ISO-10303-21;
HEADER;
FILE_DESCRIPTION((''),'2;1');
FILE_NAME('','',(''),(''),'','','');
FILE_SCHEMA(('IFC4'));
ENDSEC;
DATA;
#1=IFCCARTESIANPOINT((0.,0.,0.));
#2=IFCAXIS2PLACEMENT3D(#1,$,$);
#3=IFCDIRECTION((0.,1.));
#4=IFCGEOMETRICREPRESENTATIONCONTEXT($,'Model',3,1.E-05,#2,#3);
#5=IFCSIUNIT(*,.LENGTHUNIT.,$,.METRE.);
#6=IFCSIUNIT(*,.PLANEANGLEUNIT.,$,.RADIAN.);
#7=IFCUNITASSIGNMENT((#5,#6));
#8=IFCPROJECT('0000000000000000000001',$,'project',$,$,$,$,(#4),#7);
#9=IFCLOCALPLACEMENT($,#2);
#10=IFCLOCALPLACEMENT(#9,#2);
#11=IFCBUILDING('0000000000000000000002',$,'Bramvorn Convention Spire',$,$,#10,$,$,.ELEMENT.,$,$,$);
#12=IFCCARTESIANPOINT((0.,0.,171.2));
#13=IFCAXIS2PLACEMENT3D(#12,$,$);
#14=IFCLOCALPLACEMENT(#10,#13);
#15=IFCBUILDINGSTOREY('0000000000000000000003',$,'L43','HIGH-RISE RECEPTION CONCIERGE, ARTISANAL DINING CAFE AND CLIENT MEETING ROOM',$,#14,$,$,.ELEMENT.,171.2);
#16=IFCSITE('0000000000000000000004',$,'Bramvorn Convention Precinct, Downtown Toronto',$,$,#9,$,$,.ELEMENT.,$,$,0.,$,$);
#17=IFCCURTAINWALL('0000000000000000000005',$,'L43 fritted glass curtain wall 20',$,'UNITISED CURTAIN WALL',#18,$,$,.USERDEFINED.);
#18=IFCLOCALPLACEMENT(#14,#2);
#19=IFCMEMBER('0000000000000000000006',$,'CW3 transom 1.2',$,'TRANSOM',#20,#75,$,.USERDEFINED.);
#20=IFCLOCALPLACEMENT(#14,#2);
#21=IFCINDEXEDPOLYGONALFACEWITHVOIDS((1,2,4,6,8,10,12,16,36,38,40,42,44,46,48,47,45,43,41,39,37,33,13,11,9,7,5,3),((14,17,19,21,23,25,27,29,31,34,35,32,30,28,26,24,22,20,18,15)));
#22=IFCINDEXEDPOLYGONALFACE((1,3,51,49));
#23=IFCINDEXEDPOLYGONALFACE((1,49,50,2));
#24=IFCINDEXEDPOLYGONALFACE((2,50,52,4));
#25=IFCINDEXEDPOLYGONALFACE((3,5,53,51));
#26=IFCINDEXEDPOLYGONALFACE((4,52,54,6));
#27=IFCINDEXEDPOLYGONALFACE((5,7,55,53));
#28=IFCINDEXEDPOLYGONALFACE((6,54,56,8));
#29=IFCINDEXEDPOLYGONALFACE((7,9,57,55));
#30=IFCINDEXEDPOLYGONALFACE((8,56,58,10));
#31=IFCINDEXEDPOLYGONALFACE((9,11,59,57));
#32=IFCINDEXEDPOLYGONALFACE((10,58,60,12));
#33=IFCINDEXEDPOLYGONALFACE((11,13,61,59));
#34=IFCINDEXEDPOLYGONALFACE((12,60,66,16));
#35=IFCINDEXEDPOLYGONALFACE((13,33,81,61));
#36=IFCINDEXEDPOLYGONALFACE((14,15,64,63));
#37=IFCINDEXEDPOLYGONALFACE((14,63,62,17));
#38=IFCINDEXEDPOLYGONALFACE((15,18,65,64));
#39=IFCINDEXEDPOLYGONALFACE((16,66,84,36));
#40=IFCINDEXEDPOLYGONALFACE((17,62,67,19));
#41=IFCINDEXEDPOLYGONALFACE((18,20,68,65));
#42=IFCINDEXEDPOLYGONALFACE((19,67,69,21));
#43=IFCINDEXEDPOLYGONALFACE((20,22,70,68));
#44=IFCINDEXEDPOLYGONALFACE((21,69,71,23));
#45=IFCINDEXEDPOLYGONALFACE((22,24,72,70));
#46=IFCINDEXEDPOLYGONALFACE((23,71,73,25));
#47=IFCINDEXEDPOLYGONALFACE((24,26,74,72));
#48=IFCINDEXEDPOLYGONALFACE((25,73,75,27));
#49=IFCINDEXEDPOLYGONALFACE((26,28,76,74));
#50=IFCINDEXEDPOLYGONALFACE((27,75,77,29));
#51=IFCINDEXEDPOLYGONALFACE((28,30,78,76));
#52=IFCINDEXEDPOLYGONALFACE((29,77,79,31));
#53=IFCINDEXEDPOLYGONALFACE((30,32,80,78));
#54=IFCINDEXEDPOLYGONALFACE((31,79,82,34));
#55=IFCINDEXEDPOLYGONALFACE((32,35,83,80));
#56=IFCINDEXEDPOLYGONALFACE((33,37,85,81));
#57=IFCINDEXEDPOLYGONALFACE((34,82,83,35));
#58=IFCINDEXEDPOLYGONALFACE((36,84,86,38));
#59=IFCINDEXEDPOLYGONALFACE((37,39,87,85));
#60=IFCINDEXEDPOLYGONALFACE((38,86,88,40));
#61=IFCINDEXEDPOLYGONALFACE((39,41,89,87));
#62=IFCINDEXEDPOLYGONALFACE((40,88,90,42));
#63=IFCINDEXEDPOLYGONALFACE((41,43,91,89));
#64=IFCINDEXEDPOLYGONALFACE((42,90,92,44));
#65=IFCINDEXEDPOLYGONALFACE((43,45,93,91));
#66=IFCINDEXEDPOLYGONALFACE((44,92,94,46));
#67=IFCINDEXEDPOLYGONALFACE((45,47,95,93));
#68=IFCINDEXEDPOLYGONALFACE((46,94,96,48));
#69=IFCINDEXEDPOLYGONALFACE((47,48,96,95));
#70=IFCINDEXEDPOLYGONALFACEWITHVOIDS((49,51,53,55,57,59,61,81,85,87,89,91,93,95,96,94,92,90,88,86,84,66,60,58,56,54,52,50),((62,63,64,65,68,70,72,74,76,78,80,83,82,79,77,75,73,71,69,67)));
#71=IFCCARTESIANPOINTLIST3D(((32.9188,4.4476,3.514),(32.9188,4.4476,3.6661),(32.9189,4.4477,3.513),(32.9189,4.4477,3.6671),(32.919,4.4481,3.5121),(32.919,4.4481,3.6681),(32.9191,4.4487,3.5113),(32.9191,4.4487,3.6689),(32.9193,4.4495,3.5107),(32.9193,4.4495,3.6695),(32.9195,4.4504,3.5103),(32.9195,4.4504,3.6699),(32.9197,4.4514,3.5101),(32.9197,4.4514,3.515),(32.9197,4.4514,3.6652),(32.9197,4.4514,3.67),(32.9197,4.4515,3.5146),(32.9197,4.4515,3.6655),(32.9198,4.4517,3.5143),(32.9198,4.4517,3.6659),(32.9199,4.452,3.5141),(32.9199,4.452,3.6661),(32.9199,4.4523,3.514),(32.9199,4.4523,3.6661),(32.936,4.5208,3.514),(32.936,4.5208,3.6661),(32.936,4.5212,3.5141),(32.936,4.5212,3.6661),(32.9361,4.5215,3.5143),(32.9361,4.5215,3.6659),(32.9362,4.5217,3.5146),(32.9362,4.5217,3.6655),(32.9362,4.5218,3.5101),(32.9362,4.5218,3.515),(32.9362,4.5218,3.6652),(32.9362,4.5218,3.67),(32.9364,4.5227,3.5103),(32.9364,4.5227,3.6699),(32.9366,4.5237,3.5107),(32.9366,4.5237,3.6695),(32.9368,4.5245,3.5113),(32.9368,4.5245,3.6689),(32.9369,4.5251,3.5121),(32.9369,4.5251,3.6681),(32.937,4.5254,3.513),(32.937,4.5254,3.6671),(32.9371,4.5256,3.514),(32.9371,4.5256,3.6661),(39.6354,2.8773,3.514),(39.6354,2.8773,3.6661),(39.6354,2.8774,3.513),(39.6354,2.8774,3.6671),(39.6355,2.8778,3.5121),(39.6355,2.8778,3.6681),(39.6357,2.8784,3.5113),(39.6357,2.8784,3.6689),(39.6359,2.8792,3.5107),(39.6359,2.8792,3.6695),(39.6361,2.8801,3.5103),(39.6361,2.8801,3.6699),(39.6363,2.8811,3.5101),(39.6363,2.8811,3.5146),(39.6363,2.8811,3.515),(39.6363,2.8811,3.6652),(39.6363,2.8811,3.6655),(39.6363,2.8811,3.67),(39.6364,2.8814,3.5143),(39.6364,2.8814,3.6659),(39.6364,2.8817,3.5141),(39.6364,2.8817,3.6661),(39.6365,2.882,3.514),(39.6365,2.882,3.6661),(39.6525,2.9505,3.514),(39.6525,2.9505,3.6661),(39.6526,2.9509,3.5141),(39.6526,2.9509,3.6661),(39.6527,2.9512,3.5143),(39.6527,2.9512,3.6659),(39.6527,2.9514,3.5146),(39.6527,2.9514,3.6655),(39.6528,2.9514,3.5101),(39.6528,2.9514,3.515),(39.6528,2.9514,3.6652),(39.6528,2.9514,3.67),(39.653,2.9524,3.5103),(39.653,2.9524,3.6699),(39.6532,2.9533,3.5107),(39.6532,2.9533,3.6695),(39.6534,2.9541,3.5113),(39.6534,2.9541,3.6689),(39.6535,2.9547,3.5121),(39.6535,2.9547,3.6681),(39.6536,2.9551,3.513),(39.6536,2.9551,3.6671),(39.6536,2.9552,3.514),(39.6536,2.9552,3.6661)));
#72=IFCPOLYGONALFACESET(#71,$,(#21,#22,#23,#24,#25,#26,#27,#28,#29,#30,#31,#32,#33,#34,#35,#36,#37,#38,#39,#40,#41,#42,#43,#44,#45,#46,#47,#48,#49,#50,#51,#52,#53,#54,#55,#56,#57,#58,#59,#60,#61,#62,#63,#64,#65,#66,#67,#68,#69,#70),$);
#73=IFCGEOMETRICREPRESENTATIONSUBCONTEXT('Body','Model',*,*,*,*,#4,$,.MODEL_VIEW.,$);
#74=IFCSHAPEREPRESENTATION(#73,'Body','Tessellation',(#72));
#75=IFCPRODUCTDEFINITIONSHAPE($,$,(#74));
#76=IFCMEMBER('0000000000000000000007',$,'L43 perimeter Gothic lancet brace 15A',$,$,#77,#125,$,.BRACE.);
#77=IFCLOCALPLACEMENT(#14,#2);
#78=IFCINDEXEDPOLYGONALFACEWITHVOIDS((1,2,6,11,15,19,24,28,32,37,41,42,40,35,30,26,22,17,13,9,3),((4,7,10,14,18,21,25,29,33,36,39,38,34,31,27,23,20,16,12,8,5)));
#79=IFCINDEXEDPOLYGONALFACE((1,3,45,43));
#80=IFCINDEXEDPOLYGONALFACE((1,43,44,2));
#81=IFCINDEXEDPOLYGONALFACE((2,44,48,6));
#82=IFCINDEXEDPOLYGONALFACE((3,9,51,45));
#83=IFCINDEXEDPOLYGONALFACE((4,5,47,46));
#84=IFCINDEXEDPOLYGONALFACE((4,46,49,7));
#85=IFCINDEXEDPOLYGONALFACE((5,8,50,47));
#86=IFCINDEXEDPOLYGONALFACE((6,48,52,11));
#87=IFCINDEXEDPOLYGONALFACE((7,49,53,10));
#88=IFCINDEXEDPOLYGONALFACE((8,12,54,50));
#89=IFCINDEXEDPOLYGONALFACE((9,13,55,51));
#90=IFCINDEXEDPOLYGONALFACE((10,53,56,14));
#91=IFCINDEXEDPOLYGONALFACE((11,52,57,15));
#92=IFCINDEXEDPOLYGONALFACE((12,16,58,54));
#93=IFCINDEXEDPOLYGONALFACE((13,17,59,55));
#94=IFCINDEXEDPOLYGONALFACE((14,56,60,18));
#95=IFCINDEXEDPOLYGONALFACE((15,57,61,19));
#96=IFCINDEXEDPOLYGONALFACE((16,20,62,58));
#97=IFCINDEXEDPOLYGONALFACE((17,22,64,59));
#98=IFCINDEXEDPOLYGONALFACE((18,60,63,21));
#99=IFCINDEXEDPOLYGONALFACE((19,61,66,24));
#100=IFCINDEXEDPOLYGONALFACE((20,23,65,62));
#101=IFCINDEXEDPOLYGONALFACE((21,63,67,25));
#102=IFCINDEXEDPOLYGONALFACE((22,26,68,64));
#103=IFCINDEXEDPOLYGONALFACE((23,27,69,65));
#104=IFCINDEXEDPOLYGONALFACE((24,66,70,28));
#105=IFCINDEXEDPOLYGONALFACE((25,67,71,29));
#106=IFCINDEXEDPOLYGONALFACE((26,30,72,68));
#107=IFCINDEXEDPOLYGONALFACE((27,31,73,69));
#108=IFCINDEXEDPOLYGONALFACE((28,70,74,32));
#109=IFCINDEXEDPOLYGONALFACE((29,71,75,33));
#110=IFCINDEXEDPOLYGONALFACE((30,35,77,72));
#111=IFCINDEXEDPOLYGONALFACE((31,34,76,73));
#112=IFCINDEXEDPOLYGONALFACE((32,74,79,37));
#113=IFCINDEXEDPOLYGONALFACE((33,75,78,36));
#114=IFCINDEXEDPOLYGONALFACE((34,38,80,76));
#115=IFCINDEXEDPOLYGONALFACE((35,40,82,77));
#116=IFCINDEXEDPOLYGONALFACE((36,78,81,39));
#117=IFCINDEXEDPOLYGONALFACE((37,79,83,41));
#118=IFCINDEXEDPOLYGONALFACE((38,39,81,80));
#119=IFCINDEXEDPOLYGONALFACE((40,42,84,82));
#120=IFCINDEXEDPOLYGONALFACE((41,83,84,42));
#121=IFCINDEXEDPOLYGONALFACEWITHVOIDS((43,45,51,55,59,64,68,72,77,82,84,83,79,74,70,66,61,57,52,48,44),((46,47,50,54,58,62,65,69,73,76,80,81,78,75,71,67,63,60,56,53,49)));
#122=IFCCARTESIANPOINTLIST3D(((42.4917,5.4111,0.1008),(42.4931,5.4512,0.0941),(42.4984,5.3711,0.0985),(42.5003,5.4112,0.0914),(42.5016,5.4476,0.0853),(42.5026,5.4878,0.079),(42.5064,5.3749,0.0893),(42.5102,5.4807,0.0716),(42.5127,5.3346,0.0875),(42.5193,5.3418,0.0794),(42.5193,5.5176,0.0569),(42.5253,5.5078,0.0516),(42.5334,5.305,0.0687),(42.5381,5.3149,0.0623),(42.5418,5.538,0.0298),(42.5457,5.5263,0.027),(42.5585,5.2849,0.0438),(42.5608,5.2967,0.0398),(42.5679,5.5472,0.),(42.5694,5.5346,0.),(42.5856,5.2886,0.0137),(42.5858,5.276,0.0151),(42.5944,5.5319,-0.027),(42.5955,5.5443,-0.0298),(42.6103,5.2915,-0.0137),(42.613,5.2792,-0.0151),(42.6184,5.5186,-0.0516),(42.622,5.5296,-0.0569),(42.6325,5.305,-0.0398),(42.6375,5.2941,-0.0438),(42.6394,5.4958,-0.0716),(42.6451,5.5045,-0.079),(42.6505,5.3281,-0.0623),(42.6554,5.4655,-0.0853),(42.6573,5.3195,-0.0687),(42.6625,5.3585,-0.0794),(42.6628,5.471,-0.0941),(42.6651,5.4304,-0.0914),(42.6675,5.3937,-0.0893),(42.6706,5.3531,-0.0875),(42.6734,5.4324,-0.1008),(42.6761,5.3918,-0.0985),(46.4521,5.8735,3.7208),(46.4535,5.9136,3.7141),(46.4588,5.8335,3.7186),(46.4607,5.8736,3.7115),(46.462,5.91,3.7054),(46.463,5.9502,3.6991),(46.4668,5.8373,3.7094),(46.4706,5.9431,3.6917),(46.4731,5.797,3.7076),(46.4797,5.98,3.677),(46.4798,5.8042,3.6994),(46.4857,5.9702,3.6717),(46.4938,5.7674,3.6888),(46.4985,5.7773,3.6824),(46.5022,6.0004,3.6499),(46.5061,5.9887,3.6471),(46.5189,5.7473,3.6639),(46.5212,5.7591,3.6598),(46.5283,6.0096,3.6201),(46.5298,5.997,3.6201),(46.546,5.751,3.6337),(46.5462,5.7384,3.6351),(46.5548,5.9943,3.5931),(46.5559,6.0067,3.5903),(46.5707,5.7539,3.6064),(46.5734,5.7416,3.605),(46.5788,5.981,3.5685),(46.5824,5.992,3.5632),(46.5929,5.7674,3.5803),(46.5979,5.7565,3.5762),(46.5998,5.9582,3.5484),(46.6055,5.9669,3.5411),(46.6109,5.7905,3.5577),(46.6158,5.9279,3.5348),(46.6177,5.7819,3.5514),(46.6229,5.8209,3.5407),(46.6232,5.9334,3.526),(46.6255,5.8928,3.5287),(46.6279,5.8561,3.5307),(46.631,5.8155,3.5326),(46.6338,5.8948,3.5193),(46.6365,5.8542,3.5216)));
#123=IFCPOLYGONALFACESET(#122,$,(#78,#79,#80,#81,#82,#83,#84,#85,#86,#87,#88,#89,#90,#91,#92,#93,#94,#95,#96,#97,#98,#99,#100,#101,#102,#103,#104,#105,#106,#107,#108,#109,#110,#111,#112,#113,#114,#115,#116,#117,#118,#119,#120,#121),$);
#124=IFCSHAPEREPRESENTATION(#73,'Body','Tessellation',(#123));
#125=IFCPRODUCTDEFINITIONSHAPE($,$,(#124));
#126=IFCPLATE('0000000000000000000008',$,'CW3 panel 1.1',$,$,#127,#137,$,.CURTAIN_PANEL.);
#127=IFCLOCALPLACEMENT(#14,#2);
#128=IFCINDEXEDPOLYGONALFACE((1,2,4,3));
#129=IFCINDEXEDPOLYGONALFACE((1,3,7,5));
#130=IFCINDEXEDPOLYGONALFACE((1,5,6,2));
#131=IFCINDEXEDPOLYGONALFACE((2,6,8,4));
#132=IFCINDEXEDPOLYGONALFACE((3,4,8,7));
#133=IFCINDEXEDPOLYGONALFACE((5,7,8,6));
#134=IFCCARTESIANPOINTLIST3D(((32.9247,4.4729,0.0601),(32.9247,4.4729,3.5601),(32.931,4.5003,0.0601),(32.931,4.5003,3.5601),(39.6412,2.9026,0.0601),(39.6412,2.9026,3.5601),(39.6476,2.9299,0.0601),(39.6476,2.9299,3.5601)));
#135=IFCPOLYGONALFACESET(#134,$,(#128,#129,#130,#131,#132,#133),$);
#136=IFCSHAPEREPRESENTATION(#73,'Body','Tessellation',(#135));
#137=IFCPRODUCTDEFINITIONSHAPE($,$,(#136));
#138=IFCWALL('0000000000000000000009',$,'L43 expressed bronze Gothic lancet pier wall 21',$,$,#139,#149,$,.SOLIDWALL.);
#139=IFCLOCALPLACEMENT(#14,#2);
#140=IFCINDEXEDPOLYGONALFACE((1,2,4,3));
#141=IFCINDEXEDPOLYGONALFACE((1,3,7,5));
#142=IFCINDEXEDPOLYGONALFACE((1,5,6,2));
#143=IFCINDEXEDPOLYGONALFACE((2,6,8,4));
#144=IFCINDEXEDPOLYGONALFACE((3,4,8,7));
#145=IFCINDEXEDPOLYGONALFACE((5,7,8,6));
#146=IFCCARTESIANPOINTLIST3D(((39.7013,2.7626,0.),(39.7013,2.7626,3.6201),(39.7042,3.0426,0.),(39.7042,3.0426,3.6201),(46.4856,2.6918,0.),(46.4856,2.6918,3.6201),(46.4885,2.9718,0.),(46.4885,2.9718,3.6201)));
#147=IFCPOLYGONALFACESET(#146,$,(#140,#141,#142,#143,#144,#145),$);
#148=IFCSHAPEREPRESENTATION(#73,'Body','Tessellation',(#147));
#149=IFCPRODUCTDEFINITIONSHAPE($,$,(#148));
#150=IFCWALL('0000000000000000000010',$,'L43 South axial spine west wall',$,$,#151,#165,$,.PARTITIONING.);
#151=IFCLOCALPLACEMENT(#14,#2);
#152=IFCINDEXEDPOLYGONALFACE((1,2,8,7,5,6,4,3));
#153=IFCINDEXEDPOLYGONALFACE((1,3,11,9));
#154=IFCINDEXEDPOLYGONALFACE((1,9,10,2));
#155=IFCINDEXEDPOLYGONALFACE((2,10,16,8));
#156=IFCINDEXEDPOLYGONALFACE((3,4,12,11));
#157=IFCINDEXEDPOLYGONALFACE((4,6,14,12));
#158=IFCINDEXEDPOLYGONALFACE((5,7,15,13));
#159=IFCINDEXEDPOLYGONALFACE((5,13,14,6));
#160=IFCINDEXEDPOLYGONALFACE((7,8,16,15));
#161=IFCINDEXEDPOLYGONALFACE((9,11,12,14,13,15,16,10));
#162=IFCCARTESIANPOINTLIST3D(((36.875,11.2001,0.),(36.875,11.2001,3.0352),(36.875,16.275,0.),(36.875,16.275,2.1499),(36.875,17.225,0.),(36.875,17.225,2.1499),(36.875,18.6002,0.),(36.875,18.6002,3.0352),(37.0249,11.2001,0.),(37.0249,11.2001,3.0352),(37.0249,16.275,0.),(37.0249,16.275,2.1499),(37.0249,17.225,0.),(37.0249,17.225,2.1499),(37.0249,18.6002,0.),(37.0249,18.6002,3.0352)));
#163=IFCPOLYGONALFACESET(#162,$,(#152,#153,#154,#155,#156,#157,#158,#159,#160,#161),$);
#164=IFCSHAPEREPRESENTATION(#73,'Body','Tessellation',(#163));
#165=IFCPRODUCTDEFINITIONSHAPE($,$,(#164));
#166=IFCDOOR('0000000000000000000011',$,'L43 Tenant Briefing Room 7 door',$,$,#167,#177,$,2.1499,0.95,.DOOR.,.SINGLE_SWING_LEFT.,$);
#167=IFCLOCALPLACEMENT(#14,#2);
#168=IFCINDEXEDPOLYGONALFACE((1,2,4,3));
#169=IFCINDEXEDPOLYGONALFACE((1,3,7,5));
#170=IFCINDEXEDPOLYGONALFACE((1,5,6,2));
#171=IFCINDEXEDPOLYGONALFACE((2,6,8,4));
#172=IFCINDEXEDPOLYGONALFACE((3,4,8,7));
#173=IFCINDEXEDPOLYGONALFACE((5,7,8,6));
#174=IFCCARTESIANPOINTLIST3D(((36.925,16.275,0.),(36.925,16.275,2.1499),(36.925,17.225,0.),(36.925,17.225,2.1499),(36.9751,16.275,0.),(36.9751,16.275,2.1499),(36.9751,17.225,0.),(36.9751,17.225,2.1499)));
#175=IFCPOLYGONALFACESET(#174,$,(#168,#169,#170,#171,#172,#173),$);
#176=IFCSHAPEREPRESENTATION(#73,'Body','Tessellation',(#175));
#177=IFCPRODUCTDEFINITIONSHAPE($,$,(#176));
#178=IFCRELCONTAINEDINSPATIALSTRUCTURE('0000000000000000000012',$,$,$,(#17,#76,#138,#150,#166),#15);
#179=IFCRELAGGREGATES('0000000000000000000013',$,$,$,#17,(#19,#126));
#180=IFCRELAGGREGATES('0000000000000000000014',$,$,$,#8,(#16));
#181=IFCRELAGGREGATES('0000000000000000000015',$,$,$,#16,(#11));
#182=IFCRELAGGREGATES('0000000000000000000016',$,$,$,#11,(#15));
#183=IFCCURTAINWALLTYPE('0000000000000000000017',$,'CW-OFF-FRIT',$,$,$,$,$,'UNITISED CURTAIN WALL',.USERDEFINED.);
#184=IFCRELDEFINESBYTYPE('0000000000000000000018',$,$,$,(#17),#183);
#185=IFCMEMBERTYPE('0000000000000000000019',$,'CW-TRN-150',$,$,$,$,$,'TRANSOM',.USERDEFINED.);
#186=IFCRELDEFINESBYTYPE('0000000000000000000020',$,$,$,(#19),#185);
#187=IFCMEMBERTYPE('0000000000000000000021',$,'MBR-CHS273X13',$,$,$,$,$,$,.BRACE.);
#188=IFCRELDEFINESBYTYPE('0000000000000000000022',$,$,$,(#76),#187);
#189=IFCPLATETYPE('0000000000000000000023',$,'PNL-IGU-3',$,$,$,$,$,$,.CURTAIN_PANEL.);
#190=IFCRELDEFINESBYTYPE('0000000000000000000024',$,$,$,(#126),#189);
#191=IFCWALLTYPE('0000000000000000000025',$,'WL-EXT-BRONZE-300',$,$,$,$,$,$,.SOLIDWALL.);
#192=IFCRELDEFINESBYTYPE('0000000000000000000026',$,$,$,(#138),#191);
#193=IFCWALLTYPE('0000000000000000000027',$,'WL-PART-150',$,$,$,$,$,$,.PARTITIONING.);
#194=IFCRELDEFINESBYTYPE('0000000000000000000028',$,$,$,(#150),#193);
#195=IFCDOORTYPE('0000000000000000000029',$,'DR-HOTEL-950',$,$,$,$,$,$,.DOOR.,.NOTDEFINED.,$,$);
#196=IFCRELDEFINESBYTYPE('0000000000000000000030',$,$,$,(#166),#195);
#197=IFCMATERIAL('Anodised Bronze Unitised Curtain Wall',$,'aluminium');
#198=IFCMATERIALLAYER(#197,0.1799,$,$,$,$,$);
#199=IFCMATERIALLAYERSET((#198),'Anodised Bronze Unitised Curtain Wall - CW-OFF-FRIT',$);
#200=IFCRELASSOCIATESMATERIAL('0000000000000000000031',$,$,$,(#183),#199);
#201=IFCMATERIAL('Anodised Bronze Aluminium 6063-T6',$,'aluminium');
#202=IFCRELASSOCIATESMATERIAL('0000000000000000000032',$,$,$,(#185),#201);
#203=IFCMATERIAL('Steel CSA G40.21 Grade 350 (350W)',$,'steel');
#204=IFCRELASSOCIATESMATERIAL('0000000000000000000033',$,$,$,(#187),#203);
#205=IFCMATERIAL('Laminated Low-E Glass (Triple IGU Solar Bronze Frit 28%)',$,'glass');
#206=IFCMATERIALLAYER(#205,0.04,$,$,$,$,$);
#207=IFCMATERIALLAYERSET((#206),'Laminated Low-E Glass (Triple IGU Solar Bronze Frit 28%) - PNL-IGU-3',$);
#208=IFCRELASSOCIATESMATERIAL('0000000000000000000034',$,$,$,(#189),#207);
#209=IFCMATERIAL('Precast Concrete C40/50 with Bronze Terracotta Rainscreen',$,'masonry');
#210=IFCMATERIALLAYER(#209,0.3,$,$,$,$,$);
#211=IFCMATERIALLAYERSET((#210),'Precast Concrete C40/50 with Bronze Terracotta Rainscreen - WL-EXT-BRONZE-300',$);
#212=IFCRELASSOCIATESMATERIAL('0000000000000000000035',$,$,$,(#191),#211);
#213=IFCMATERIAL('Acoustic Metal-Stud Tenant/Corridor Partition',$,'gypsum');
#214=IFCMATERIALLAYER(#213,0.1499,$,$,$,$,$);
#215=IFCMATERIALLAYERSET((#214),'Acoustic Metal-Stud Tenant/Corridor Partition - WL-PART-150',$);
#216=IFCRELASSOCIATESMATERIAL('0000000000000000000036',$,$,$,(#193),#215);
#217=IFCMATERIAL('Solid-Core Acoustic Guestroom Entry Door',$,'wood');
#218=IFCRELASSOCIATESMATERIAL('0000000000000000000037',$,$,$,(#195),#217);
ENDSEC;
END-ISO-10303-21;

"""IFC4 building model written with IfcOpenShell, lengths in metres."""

from ifc_helpers import new_model, si_unit, direction, frame, frame_2d, origin, origin_2d, place, context, subcontext, project, spatial, rectangle, hollow_rectangle, hollow_circle, extrude, material, layer, layer_set, material_profile, profile_set, type_object, element, fill, aggregate, save


model = new_model("IFC4")

# Units and contexts
model_context = context("Model", 3, precision=1e-05, world=origin(), true_north=direction((0.0, 1.0)))
body_context = subcontext(model_context, "Body", "Model", "MODEL_VIEW")
ifc_project = project(units=[si_unit("LENGTHUNIT", "METRE"), si_unit("PLANEANGLEUNIT", "RADIAN")], contexts=[model_context])

# Site, building, storey
site_placement = place(None, origin())
site = spatial("IfcSite", under=ifc_project, at=site_placement, Name="Bramvorn Convention Precinct, Downtown Toronto", CompositionType="ELEMENT", RefElevation=0.0)
building_placement = place(site_placement, origin())
building = spatial("IfcBuilding", under=site, at=building_placement, Name="Bramvorn Convention Spire", CompositionType="ELEMENT")
storey_placement = place(building_placement, frame((0.0, 0.0, 171.2)))
storey = spatial("IfcBuildingStorey", under=building, at=storey_placement, Name="L43", Description="HIGH-RISE RECEPTION CONCIERGE, ARTISANAL DINING CAFE AND CLIENT MEETING ROOM", CompositionType="ELEMENT", Elevation=171.2)

# Shared definitions
ifc_material_1 = material(Name="Steel CSA G40.21 Grade 350 (350W)", Category="steel")

# Curtain wall, member
ifc_material_2 = material(Name="Anodised Bronze Unitised Curtain Wall", Category="aluminium")
ifc_layer_1 = layer(ifc_material_2, 0.1799)
ifc_layer_set_1 = layer_set([ifc_layer_1], Name="Anodised Bronze Unitised Curtain Wall - CW-OFF-FRIT")
curtain_wall_type = type_object("IfcCurtainWallType", Name="CW-OFF-FRIT", ElementType="UNITISED CURTAIN WALL", PredefinedType="USERDEFINED", material=ifc_layer_set_1)
curtain_wall_placement = place(storey_placement, origin())
curtain_wall = element("IfcCurtainWall", 1, at=curtain_wall_placement, inside=storey, type_object=curtain_wall_type, Name="L43 fritted glass curtain wall 20", ObjectType="UNITISED CURTAIN WALL", PredefinedType="USERDEFINED")
ifc_material_3 = material(Name="Anodised Bronze Aluminium 6063-T6", Category="aluminium")
ifc_material_profile_1 = material_profile(ifc_material_3, hollow_rectangle(XDim=0.0801, YDim=0.1599, WallThickness=0.0039, InnerFilletRadius=0.001, OuterFilletRadius=0.0039, at=origin_2d()))
ifc_profile_set_1 = profile_set([ifc_material_profile_1], Name="Anodised Bronze Aluminium 6063-T6 - CWT80X160")
member_type_1 = type_object("IfcMemberType", Name="CW-TRN-150", ElementType="TRANSOM", PredefinedType="USERDEFINED", material=ifc_profile_set_1)
member_1_placement = place(storey_placement, frame((39.6445, 2.9163, 3.5901), z_axis=(-0.973741, 0.227658, 0.0), x_axis=(-0.227658, -0.973741, 0.0)))
member_1 = element("IfcMember", 2, at=member_1_placement, type_object=member_type_1, Name="CW3 transom 1.2", ObjectType="TRANSOM", PredefinedType="USERDEFINED", context=body_context, shape_type="SweptSolid", body=[
    extrude(hollow_rectangle(XDim=0.0801, YDim=0.1599, WallThickness=0.0039, InnerFilletRadius=0.001, OuterFilletRadius=0.0039, at=origin_2d()), origin(), (0.0, 0.0, 1.0), 6.8977),
])

# Member
ifc_material_profile_2 = material_profile(ifc_material_1, hollow_circle(Radius=0.1365, WallThickness=0.0127, at=origin_2d()))
ifc_profile_set_2 = profile_set([ifc_material_profile_2], Name="Steel CSA G40.21 Grade 350 (350W) - CHS273X13")
member_type_2 = type_object("IfcMemberType", Name="MBR-CHS273X13", PredefinedType="BRACE", material=ifc_profile_set_2)
member_2_placement = place(storey_placement, frame((42.5837, 5.4116, 0.0), z_axis=(0.735383, 0.08586, 0.67219), x_axis=(-0.115967, 0.993253, 0.0)))
element("IfcMember", 3, at=member_2_placement, inside=storey, type_object=member_type_2, Name="L43 perimeter Gothic lancet brace 15A", PredefinedType="BRACE", context=body_context, shape_type="SweptSolid", body=[
    extrude(hollow_circle(Radius=0.1365, WallThickness=0.0127, at=origin_2d()), origin(), (0.0, 0.0, 1.0), 5.3855),
])

# Plate
ifc_material_4 = material(Name="Laminated Low-E Glass (Triple IGU Solar Bronze Frit 28%)", Category="glass")
ifc_layer_2 = layer(ifc_material_4, 0.04)
ifc_layer_set_2 = layer_set([ifc_layer_2], Name="Laminated Low-E Glass (Triple IGU Solar Bronze Frit 28%) - PNL-IGU-3")
plate_type = type_object("IfcPlateType", Name="PNL-IGU-3", PredefinedType="CURTAIN_PANEL", material=ifc_layer_set_2)
plate_placement = place(storey_placement, frame((36.2861, 3.7014, 0.0601), z_axis=(0.0, 0.0, 1.0), x_axis=(-0.973739, 0.227667, 0.0)))
plate = element("IfcPlate", 4, at=plate_placement, type_object=plate_type, Name="CW3 panel 1.1", PredefinedType="CURTAIN_PANEL", context=body_context, shape_type="SweptSolid", body=[
    extrude(rectangle(XDim=6.8977, YDim=0.0281, at=origin_2d()), origin(), (0.0, 0.0, 1.0), 3.5),
])
aggregate(curtain_wall, [member_1, plate])

# Wall
ifc_material_5 = material(Name="Precast Concrete C40/50 with Bronze Terracotta Rainscreen", Category="masonry")
ifc_layer_3 = layer(ifc_material_5, 0.3)
ifc_layer_set_3 = layer_set([ifc_layer_3], Name="Precast Concrete C40/50 with Bronze Terracotta Rainscreen - WL-EXT-BRONZE-300")
wall_type_1 = type_object("IfcWallType", Name="WL-EXT-BRONZE-300", PredefinedType="SOLIDWALL", material=ifc_layer_set_3)
wall_1_placement = place(storey_placement, frame((46.4871, 2.8318, 0.0), z_axis=(0.0, 0.0, 1.0), x_axis=(-0.999946, 0.010436, 0.0)))
element("IfcWall", 5, at=wall_1_placement, inside=storey, type_object=wall_type_1, Name="L43 expressed bronze Gothic lancet pier wall 21", PredefinedType="SOLIDWALL", context=body_context, shape_type="SweptSolid", body=[
    extrude(rectangle(XDim=6.7847, YDim=0.28, at=frame_2d((3.3923, 0.0))), origin(), (0.0, 0.0, 1.0), 3.6201),
])

# Wall, opening, door
ifc_material_6 = material(Name="Acoustic Metal-Stud Tenant/Corridor Partition", Category="gypsum")
ifc_layer_4 = layer(ifc_material_6, 0.1499)
ifc_layer_set_4 = layer_set([ifc_layer_4], Name="Acoustic Metal-Stud Tenant/Corridor Partition - WL-PART-150")
wall_type_2 = type_object("IfcWallType", Name="WL-PART-150", PredefinedType="PARTITIONING", material=ifc_layer_set_4)
wall_2_placement = place(storey_placement, frame((36.95, 11.2, 0.0), z_axis=(0.0, 0.0, 1.0), x_axis=(0.0, 1.0, 0.0)))
wall_2 = element("IfcWall", 6, at=wall_2_placement, inside=storey, type_object=wall_type_2, Name="L43 South axial spine west wall", PredefinedType="PARTITIONING", context=body_context, shape_type="SweptSolid", body=[
    extrude(rectangle(XDim=7.4001, YDim=0.1499, at=frame_2d((3.7002, 0.0))), origin(), (0.0, 0.0, 1.0), 3.0352),
])
opening_1_placement = place(wall_2_placement, frame((5.075, 0.0, 0.0)))
opening_1 = element("IfcOpeningElement", 7, at=opening_1_placement, cuts=wall_2, PredefinedType="OPENING", context=body_context, shape_type="SweptSolid", body=[
    extrude(rectangle(XDim=0.95, YDim=2.1499, at=frame_2d((0.4751, 1.075))), frame((0.0, 0.085, 0.0), z_axis=(0.0, -1.0, 0.0), x_axis=(1.0, 0.0, 0.0)), (0.0, 0.0, 1.0), 0.1699),
])
ifc_material_7 = material(Name="Solid-Core Acoustic Guestroom Entry Door", Category="wood")
door_type_1 = type_object("IfcDoorType", Name="DR-HOTEL-950", OperationType="NOTDEFINED", PredefinedType="DOOR", material=ifc_material_7)
door_1_placement = place(opening_1_placement, origin())
door_1 = element("IfcDoor", 8, at=door_1_placement, inside=storey, type_object=door_type_1, Name="L43 Tenant Briefing Room 7 door", OperationType="SINGLE_SWING_LEFT", OverallHeight=2.1499, OverallWidth=0.95, PredefinedType="DOOR", context=body_context, shape_type="SweptSolid", body=[
    extrude(rectangle(XDim=0.95, YDim=2.1499, at=frame_2d((0.4751, 1.075))), frame((0.0, 0.0249, 0.0), z_axis=(0.0, -1.0, 0.0), x_axis=(1.0, 0.0, 0.0)), (0.0, 0.0, 1.0), 0.05),
])
fill(opening_1, door_1)

save(model, "model.ifc")
